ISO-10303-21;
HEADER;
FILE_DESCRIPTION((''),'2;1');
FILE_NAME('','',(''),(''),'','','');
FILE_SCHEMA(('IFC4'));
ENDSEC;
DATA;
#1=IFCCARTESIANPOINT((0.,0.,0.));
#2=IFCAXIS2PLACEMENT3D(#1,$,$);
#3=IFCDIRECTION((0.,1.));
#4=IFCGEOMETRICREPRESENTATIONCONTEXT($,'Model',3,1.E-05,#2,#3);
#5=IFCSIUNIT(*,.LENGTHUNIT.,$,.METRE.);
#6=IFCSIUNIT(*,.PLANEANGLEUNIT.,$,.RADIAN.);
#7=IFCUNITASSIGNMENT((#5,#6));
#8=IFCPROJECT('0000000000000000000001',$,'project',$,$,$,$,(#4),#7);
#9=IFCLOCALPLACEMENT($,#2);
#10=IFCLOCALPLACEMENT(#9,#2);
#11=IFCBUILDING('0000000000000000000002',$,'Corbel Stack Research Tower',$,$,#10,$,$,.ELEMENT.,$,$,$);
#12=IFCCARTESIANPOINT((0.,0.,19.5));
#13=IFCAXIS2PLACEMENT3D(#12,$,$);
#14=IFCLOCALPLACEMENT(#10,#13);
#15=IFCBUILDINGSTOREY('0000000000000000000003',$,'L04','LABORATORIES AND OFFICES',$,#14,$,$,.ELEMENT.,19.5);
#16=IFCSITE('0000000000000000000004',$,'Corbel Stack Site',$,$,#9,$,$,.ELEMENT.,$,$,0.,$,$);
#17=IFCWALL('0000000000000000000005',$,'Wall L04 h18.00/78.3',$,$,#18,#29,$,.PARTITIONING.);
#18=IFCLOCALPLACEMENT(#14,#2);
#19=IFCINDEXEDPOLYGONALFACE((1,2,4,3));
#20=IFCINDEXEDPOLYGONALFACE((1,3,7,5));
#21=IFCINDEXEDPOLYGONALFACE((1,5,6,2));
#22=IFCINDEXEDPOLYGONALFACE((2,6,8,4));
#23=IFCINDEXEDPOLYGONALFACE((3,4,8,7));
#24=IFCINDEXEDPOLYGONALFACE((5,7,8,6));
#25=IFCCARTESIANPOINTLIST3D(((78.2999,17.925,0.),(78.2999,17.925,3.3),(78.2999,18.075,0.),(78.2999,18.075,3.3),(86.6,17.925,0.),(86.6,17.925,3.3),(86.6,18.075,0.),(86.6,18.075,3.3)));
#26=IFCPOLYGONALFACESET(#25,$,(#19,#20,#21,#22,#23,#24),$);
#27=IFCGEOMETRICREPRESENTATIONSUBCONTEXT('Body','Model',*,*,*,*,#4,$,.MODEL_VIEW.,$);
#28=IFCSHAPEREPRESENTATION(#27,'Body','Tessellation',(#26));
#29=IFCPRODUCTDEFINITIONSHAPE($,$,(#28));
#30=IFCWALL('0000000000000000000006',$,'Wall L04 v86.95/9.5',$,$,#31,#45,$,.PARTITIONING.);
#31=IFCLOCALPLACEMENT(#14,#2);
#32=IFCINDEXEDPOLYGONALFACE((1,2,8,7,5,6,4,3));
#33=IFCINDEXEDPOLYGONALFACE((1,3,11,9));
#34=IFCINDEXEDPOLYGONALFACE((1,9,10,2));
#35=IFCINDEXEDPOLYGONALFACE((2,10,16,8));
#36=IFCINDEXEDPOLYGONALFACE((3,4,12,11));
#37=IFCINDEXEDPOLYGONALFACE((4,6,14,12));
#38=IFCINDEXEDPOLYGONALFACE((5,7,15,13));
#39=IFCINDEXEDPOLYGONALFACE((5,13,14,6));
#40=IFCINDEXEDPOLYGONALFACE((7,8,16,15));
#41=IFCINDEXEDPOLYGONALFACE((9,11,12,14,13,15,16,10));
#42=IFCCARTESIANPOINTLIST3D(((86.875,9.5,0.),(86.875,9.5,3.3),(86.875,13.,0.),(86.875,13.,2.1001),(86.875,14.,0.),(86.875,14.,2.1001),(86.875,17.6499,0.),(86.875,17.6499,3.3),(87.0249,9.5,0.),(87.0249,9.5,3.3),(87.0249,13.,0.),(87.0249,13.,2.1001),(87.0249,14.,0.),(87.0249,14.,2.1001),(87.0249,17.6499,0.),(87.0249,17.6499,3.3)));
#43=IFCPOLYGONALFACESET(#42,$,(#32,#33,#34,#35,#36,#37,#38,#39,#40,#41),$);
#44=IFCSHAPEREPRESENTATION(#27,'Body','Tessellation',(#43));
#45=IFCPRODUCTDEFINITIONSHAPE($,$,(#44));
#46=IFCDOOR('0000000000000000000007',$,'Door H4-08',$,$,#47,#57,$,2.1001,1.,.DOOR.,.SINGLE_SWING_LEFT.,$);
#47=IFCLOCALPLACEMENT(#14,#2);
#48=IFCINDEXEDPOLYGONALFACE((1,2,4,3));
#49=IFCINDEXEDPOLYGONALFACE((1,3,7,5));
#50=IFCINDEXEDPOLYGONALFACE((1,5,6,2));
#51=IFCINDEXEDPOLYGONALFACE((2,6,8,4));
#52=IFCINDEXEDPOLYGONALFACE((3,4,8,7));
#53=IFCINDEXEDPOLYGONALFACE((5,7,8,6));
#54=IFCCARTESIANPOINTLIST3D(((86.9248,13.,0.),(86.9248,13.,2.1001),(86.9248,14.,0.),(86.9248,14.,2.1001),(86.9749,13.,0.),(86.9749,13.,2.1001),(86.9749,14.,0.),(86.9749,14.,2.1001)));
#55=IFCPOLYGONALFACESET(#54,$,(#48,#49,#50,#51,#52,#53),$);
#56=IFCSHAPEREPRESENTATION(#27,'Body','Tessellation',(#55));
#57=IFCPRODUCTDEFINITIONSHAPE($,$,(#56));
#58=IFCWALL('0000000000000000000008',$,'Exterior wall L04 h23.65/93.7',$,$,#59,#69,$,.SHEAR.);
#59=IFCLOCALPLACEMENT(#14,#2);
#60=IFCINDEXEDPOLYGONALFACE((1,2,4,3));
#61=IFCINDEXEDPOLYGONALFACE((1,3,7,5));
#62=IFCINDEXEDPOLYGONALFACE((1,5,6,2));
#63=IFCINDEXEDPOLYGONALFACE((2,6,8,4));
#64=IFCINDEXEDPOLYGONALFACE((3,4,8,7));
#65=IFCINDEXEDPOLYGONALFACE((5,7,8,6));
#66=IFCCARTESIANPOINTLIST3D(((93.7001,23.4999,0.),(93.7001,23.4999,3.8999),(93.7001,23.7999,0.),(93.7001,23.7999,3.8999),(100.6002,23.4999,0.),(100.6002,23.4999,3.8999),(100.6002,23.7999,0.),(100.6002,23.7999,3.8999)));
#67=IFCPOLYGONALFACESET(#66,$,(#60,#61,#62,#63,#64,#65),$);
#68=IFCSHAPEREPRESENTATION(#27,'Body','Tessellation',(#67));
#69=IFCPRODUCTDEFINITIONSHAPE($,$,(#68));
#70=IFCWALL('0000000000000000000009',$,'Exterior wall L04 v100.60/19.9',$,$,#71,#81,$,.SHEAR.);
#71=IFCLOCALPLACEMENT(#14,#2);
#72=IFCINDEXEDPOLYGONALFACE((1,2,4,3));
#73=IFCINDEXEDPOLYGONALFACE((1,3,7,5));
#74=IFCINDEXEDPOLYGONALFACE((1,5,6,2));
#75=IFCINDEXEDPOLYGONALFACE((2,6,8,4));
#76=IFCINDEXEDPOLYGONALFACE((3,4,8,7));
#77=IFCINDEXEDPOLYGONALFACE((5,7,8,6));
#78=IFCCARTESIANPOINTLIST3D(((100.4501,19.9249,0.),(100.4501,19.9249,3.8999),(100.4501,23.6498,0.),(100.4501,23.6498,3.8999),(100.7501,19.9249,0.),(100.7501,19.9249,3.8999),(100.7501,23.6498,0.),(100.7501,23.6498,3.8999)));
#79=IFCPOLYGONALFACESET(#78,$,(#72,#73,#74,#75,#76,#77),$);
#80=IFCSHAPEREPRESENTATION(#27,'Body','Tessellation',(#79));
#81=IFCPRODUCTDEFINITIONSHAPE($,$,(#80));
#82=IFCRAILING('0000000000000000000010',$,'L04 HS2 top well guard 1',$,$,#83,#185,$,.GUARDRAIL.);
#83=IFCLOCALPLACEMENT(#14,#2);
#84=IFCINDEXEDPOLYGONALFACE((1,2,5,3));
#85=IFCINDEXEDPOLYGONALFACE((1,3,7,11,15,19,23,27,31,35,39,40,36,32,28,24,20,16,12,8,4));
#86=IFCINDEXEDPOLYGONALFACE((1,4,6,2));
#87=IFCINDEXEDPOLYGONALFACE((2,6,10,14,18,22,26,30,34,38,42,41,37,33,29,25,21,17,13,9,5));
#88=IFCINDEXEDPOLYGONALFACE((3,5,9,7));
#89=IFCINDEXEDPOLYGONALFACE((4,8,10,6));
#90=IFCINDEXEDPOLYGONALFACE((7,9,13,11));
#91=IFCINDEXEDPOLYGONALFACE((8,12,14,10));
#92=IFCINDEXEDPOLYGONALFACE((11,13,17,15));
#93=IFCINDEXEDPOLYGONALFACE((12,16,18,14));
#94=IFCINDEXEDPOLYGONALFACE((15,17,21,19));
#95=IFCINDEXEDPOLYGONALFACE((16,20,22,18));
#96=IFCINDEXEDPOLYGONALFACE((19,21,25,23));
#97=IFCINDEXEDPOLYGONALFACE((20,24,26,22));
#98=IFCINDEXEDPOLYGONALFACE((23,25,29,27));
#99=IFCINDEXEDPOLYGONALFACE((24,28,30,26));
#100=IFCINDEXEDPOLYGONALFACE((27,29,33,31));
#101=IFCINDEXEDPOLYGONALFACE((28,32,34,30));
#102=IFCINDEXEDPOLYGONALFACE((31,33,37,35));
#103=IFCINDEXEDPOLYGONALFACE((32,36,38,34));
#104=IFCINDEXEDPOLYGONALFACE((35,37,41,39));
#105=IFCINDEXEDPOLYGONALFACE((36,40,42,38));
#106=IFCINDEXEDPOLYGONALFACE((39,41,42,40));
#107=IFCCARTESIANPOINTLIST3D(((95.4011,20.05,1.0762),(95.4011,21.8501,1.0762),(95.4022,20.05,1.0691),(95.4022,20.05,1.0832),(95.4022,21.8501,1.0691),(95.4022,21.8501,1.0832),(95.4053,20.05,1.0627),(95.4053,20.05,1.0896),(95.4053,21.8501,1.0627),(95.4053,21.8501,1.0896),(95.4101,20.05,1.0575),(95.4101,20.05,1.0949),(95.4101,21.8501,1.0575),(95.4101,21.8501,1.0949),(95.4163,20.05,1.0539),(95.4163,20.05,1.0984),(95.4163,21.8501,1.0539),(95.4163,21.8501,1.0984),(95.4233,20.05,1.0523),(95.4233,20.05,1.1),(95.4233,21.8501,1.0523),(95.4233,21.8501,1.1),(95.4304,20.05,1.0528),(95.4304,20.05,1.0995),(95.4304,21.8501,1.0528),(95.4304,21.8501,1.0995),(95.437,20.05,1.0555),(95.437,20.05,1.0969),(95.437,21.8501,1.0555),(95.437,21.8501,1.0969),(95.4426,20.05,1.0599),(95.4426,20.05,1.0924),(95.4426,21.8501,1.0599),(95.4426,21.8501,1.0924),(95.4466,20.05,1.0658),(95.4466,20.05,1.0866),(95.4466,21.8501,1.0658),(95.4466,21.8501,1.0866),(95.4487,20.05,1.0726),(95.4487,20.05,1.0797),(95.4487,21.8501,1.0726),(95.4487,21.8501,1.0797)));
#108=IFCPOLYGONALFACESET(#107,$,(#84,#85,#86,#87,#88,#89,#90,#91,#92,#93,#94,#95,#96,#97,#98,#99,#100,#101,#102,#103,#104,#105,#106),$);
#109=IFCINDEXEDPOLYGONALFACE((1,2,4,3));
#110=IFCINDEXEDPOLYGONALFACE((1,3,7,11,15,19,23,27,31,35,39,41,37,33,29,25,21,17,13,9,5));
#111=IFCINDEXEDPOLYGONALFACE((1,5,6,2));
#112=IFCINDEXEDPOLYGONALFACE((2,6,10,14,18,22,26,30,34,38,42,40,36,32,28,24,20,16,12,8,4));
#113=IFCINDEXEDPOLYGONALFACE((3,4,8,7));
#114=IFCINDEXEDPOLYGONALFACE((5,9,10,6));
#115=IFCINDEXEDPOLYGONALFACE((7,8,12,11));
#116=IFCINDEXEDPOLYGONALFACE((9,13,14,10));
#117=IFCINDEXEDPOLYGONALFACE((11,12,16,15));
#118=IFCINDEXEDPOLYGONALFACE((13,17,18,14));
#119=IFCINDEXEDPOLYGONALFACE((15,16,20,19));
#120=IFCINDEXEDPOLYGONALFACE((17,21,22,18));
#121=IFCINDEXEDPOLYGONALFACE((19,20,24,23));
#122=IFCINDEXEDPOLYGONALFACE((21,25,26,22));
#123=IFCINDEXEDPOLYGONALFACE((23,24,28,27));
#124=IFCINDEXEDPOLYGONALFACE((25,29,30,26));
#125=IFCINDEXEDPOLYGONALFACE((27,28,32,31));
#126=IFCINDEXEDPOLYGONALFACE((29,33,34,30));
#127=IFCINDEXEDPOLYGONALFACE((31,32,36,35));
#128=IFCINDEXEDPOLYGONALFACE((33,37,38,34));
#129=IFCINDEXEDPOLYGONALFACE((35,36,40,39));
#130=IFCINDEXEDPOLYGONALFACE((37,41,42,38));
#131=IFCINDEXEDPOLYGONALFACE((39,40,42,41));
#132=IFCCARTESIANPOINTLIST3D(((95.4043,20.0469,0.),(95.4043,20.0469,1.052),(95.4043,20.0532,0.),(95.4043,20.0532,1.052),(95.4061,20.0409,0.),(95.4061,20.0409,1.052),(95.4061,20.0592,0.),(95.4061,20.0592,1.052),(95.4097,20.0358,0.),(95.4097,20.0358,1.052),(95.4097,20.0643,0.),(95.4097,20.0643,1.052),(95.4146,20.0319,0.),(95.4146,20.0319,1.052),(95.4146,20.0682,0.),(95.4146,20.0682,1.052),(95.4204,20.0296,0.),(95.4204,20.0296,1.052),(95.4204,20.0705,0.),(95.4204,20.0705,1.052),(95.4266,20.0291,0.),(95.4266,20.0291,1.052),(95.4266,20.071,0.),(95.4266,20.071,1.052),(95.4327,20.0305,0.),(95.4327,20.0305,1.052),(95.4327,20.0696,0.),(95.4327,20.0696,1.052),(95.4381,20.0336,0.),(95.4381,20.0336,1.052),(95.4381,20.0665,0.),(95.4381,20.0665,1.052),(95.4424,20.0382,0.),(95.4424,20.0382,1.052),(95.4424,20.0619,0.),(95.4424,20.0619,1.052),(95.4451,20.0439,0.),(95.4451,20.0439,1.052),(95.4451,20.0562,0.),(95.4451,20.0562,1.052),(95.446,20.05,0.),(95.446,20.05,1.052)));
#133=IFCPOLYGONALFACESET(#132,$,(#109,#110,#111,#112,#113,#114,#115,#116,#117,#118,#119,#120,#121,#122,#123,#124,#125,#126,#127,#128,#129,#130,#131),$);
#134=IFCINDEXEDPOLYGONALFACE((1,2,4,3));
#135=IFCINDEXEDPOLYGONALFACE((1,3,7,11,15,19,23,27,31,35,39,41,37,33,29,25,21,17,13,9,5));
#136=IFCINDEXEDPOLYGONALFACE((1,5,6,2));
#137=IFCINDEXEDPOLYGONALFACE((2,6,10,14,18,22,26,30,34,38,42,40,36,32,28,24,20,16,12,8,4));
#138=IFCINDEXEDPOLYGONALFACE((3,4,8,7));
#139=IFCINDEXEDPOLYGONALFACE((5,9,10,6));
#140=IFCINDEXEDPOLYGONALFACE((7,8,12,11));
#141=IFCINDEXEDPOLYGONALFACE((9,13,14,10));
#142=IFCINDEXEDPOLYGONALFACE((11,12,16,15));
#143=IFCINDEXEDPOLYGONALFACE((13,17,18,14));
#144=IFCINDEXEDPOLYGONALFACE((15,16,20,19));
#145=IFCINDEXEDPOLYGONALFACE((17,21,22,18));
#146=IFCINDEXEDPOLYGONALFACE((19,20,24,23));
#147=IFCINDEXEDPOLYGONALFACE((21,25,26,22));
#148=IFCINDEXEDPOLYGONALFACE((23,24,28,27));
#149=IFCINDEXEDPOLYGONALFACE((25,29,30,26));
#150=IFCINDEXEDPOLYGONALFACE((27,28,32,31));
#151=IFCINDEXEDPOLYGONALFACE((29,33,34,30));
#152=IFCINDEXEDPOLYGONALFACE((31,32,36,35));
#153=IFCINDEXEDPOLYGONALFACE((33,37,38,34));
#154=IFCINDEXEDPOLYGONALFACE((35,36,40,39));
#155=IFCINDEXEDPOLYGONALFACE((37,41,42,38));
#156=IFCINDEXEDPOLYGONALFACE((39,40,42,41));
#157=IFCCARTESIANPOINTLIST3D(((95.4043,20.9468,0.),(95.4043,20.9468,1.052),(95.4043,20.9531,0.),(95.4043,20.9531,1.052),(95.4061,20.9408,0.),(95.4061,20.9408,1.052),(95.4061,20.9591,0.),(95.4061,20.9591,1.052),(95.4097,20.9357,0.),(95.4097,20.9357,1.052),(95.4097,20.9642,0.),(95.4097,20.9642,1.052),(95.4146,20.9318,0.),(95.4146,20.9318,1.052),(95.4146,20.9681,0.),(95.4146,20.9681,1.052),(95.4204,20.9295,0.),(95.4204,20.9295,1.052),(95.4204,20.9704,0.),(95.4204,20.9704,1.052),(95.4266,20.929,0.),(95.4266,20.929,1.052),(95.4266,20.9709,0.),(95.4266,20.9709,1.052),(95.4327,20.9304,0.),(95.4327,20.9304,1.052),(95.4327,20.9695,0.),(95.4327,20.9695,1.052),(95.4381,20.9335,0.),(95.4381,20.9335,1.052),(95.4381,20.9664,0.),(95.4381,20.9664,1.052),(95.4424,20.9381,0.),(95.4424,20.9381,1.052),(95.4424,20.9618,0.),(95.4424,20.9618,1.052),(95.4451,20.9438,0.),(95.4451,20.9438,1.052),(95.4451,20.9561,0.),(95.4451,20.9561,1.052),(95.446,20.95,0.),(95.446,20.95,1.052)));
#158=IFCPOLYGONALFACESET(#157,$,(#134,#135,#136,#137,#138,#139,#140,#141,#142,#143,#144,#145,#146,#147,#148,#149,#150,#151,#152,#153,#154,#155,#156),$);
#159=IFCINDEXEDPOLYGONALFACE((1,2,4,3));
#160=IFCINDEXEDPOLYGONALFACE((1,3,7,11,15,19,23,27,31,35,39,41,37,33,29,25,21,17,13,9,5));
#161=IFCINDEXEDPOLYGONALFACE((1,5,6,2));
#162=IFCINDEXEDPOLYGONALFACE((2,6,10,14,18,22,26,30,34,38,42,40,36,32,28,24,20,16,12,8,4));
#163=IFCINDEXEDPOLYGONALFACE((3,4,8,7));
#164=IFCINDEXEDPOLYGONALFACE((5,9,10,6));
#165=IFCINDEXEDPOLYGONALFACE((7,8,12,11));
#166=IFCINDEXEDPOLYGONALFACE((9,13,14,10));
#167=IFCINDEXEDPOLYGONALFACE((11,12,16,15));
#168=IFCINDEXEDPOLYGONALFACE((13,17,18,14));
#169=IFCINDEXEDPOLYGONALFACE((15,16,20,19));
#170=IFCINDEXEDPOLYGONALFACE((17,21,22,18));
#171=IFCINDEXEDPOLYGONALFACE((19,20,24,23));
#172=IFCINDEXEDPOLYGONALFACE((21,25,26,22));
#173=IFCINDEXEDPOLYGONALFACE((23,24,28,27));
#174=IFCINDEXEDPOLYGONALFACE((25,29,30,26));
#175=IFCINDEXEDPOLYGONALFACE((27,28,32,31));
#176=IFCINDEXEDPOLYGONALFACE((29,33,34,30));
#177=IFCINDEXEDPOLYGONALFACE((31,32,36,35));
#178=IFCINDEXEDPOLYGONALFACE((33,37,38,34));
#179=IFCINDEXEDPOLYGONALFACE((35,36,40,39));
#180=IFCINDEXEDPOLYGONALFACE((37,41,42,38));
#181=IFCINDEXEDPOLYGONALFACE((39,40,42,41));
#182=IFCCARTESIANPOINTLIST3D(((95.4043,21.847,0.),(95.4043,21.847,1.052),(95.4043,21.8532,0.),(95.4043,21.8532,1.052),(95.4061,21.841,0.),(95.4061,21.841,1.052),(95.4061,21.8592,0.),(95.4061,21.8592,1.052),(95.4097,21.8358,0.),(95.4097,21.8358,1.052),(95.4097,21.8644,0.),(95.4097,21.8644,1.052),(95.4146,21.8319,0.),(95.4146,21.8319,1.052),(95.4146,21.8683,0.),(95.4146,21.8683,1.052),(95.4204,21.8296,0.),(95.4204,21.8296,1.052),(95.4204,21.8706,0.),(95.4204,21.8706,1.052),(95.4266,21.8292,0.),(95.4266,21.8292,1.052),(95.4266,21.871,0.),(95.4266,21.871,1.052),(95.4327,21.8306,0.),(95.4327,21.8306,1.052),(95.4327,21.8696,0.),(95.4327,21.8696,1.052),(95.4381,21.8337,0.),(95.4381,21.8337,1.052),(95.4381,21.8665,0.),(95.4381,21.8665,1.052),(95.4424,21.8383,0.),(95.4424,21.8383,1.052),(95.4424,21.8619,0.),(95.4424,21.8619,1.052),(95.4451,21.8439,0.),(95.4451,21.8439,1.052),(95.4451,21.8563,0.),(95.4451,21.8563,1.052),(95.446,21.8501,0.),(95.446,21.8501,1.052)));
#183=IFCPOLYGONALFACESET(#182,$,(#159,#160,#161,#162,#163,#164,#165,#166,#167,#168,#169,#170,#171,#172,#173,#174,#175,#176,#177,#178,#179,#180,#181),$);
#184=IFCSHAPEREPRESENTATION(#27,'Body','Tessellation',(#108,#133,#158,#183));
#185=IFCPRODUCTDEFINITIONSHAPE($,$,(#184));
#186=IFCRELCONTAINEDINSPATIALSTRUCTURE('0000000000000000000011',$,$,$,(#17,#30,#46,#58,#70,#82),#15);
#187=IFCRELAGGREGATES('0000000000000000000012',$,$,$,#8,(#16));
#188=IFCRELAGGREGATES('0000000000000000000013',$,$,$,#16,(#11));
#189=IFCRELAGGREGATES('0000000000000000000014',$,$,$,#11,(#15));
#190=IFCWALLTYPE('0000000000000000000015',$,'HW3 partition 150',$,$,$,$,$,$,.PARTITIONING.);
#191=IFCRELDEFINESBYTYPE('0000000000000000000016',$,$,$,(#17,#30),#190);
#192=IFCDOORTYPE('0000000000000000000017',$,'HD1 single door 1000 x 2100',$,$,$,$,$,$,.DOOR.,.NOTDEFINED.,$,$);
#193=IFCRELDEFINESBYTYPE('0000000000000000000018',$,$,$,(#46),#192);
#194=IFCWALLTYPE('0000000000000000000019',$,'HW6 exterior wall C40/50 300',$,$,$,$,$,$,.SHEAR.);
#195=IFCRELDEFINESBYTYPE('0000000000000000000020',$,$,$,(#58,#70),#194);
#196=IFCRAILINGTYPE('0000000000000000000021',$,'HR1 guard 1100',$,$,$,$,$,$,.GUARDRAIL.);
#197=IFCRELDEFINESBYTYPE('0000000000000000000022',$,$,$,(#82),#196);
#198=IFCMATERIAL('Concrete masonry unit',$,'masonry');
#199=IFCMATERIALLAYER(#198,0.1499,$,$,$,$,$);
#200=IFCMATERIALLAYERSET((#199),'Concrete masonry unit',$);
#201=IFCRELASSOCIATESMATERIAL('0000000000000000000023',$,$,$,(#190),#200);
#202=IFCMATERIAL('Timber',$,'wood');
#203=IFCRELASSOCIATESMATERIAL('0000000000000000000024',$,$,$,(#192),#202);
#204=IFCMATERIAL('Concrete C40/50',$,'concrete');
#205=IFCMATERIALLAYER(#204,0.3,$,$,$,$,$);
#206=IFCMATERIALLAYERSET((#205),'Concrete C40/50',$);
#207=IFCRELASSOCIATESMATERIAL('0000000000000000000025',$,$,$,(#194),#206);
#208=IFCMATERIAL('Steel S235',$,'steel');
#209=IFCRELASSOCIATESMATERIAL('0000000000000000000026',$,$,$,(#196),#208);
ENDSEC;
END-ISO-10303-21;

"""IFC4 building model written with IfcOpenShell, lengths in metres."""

from ifc_helpers import new_model, si_unit, direction, frame, frame_2d, origin, origin_2d, place, context, subcontext, project, spatial, rectangle, circle, extrude, material, layer, layer_set, type_object, element, fill, save


model = new_model("IFC4")

# Units and contexts
model_context = context("Model", 3, precision=1e-05, world=origin(), true_north=direction((0.0, 1.0)))
body_context = subcontext(model_context, "Body", "Model", "MODEL_VIEW")
ifc_project = project(units=[si_unit("LENGTHUNIT", "METRE"), si_unit("PLANEANGLEUNIT", "RADIAN")], contexts=[model_context])

# Site, building, storey
site_placement = place(None, origin())
site = spatial("IfcSite", under=ifc_project, at=site_placement, Name="Corbel Stack Site", CompositionType="ELEMENT", RefElevation=0.0)
building_placement = place(site_placement, origin())
building = spatial("IfcBuilding", under=site, at=building_placement, Name="Corbel Stack Research Tower", CompositionType="ELEMENT")
storey_placement = place(building_placement, frame((0.0, 0.0, 19.5)))
storey = spatial("IfcBuildingStorey", under=building, at=storey_placement, Name="L04", Description="LABORATORIES AND OFFICES", CompositionType="ELEMENT", Elevation=19.5)

# Wall
ifc_material_1 = material(Name="Concrete masonry unit", Category="masonry")
ifc_layer_1 = layer(ifc_material_1, 0.1499)
ifc_layer_set_1 = layer_set([ifc_layer_1], Name="Concrete masonry unit")
wall_type_1 = type_object("IfcWallType", Name="HW3 partition 150", PredefinedType="PARTITIONING", material=ifc_layer_set_1)
wall_1_placement = place(storey_placement, frame((78.3, 18.0, 0.0), z_axis=(0.0, 0.0, 1.0), x_axis=(1.0, 0.0, 0.0)))
element("IfcWall", 1, at=wall_1_placement, inside=storey, type_object=wall_type_1, Name="Wall L04 h18.00/78.3", PredefinedType="PARTITIONING", context=body_context, shape_type="SweptSolid", body=[
    extrude(rectangle(XDim=8.3, YDim=0.1499, at=frame_2d((4.1499, 0.0))), origin(), (0.0, 0.0, 1.0), 3.3),
])

# Wall, opening, door
wall_2_placement = place(storey_placement, frame((86.95, 17.6499, 0.0), z_axis=(0.0, 0.0, 1.0), x_axis=(0.0, -1.0, 0.0)))
wall_2 = element("IfcWall", 2, at=wall_2_placement, inside=storey, type_object=wall_type_1, Name="Wall L04 v86.95/9.5", PredefinedType="PARTITIONING", context=body_context, shape_type="SweptSolid", body=[
    extrude(rectangle(XDim=8.1499, YDim=0.1499, at=frame_2d((4.075, 0.0))), origin(), (0.0, 0.0, 1.0), 3.3),
])
opening_1_placement = place(wall_2_placement, frame((3.6499, 0.0, 0.0)))
opening_1 = element("IfcOpeningElement", 3, at=opening_1_placement, cuts=wall_2, PredefinedType="OPENING", context=body_context, shape_type="SweptSolid", body=[
    extrude(rectangle(XDim=1.0, YDim=2.1001, at=frame_2d((0.5, 1.05))), frame((0.0, 0.085, 0.0), z_axis=(0.0, -1.0, 0.0), x_axis=(1.0, 0.0, 0.0)), (0.0, 0.0, 1.0), 0.1699),
])
ifc_material_2 = material(Name="Timber", Category="wood")
door_type_1 = type_object("IfcDoorType", Name="HD1 single door 1000 x 2100", OperationType="NOTDEFINED", PredefinedType="DOOR", material=ifc_material_2)
door_1_placement = place(opening_1_placement, origin())
door_1 = element("IfcDoor", 4, at=door_1_placement, inside=storey, type_object=door_type_1, Name="Door H4-08", OperationType="SINGLE_SWING_LEFT", OverallHeight=2.1001, OverallWidth=1.0, PredefinedType="DOOR", context=body_context, shape_type="SweptSolid", body=[
    extrude(rectangle(XDim=1.0, YDim=2.1001, at=frame_2d((0.5, 1.05))), frame((0.0, 0.0249, 0.0), z_axis=(0.0, -1.0, 0.0), x_axis=(1.0, 0.0, 0.0)), (0.0, 0.0, 1.0), 0.05),
])
fill(opening_1, door_1)

# Walls
ifc_material_3 = material(Name="Concrete C40/50", Category="concrete")
ifc_layer_2 = layer(ifc_material_3, 0.3)
ifc_layer_set_2 = layer_set([ifc_layer_2], Name="Concrete C40/50")
wall_type_2 = type_object("IfcWallType", Name="HW6 exterior wall C40/50 300", PredefinedType="SHEAR", material=ifc_layer_set_2)
wall_3_placement = place(storey_placement, frame((93.7, 23.6499, 0.0), z_axis=(0.0, 0.0, 1.0), x_axis=(1.0, 0.0, 0.0)))
element("IfcWall", 5, at=wall_3_placement, inside=storey, type_object=wall_type_2, Name="Exterior wall L04 h23.65/93.7", PredefinedType="SHEAR", context=body_context, shape_type="SweptSolid", body=[
    extrude(rectangle(XDim=6.9001, YDim=0.3, at=frame_2d((3.4502, 0.0))), origin(), (0.0, 0.0, 1.0), 3.8999),
])
wall_4_placement = place(storey_placement, frame((100.6001, 19.925, 0.0), z_axis=(0.0, 0.0, 1.0), x_axis=(0.0, 1.0, 0.0)))
element("IfcWall", 6, at=wall_4_placement, inside=storey, type_object=wall_type_2, Name="Exterior wall L04 v100.60/19.9", PredefinedType="SHEAR", context=body_context, shape_type="SweptSolid", body=[
    extrude(rectangle(XDim=3.7249, YDim=0.3, at=frame_2d((1.8623, 0.0))), origin(), (0.0, 0.0, 1.0), 3.8999),
])

# Railing
ifc_material_4 = material(Name="Steel S235", Category="steel")
railing_type = type_object("IfcRailingType", Name="HR1 guard 1100", PredefinedType="GUARDRAIL", material=ifc_material_4)
railing_1_placement = place(storey_placement, frame((95.425, 20.05, 0.0)))
element("IfcRailing", 7, at=railing_1_placement, inside=storey, type_object=railing_type, Name="L04 HS2 top well guard 1", PredefinedType="GUARDRAIL", context=body_context, shape_type="SweptSolid", body=[
    extrude(circle(Radius=0.0239, at=origin_2d()), frame((0.0, 0.0, 1.0762), z_axis=(0.0, 1.0, 0.0), x_axis=(-1.0, 0.0, 0.0)), (0.0, 0.0, 1.0), 1.8),
    extrude(circle(Radius=0.021, at=origin_2d()), origin(), (0.0, 0.0, 1.0), 1.052),
    extrude(circle(Radius=0.021, at=origin_2d()), frame((0.0, 0.8999, 0.0)), (0.0, 0.0, 1.0), 1.052),
    extrude(circle(Radius=0.021, at=origin_2d()), frame((0.0, 1.8, 0.0)), (0.0, 0.0, 1.0), 1.052),
])

save(model, "model.ifc")
